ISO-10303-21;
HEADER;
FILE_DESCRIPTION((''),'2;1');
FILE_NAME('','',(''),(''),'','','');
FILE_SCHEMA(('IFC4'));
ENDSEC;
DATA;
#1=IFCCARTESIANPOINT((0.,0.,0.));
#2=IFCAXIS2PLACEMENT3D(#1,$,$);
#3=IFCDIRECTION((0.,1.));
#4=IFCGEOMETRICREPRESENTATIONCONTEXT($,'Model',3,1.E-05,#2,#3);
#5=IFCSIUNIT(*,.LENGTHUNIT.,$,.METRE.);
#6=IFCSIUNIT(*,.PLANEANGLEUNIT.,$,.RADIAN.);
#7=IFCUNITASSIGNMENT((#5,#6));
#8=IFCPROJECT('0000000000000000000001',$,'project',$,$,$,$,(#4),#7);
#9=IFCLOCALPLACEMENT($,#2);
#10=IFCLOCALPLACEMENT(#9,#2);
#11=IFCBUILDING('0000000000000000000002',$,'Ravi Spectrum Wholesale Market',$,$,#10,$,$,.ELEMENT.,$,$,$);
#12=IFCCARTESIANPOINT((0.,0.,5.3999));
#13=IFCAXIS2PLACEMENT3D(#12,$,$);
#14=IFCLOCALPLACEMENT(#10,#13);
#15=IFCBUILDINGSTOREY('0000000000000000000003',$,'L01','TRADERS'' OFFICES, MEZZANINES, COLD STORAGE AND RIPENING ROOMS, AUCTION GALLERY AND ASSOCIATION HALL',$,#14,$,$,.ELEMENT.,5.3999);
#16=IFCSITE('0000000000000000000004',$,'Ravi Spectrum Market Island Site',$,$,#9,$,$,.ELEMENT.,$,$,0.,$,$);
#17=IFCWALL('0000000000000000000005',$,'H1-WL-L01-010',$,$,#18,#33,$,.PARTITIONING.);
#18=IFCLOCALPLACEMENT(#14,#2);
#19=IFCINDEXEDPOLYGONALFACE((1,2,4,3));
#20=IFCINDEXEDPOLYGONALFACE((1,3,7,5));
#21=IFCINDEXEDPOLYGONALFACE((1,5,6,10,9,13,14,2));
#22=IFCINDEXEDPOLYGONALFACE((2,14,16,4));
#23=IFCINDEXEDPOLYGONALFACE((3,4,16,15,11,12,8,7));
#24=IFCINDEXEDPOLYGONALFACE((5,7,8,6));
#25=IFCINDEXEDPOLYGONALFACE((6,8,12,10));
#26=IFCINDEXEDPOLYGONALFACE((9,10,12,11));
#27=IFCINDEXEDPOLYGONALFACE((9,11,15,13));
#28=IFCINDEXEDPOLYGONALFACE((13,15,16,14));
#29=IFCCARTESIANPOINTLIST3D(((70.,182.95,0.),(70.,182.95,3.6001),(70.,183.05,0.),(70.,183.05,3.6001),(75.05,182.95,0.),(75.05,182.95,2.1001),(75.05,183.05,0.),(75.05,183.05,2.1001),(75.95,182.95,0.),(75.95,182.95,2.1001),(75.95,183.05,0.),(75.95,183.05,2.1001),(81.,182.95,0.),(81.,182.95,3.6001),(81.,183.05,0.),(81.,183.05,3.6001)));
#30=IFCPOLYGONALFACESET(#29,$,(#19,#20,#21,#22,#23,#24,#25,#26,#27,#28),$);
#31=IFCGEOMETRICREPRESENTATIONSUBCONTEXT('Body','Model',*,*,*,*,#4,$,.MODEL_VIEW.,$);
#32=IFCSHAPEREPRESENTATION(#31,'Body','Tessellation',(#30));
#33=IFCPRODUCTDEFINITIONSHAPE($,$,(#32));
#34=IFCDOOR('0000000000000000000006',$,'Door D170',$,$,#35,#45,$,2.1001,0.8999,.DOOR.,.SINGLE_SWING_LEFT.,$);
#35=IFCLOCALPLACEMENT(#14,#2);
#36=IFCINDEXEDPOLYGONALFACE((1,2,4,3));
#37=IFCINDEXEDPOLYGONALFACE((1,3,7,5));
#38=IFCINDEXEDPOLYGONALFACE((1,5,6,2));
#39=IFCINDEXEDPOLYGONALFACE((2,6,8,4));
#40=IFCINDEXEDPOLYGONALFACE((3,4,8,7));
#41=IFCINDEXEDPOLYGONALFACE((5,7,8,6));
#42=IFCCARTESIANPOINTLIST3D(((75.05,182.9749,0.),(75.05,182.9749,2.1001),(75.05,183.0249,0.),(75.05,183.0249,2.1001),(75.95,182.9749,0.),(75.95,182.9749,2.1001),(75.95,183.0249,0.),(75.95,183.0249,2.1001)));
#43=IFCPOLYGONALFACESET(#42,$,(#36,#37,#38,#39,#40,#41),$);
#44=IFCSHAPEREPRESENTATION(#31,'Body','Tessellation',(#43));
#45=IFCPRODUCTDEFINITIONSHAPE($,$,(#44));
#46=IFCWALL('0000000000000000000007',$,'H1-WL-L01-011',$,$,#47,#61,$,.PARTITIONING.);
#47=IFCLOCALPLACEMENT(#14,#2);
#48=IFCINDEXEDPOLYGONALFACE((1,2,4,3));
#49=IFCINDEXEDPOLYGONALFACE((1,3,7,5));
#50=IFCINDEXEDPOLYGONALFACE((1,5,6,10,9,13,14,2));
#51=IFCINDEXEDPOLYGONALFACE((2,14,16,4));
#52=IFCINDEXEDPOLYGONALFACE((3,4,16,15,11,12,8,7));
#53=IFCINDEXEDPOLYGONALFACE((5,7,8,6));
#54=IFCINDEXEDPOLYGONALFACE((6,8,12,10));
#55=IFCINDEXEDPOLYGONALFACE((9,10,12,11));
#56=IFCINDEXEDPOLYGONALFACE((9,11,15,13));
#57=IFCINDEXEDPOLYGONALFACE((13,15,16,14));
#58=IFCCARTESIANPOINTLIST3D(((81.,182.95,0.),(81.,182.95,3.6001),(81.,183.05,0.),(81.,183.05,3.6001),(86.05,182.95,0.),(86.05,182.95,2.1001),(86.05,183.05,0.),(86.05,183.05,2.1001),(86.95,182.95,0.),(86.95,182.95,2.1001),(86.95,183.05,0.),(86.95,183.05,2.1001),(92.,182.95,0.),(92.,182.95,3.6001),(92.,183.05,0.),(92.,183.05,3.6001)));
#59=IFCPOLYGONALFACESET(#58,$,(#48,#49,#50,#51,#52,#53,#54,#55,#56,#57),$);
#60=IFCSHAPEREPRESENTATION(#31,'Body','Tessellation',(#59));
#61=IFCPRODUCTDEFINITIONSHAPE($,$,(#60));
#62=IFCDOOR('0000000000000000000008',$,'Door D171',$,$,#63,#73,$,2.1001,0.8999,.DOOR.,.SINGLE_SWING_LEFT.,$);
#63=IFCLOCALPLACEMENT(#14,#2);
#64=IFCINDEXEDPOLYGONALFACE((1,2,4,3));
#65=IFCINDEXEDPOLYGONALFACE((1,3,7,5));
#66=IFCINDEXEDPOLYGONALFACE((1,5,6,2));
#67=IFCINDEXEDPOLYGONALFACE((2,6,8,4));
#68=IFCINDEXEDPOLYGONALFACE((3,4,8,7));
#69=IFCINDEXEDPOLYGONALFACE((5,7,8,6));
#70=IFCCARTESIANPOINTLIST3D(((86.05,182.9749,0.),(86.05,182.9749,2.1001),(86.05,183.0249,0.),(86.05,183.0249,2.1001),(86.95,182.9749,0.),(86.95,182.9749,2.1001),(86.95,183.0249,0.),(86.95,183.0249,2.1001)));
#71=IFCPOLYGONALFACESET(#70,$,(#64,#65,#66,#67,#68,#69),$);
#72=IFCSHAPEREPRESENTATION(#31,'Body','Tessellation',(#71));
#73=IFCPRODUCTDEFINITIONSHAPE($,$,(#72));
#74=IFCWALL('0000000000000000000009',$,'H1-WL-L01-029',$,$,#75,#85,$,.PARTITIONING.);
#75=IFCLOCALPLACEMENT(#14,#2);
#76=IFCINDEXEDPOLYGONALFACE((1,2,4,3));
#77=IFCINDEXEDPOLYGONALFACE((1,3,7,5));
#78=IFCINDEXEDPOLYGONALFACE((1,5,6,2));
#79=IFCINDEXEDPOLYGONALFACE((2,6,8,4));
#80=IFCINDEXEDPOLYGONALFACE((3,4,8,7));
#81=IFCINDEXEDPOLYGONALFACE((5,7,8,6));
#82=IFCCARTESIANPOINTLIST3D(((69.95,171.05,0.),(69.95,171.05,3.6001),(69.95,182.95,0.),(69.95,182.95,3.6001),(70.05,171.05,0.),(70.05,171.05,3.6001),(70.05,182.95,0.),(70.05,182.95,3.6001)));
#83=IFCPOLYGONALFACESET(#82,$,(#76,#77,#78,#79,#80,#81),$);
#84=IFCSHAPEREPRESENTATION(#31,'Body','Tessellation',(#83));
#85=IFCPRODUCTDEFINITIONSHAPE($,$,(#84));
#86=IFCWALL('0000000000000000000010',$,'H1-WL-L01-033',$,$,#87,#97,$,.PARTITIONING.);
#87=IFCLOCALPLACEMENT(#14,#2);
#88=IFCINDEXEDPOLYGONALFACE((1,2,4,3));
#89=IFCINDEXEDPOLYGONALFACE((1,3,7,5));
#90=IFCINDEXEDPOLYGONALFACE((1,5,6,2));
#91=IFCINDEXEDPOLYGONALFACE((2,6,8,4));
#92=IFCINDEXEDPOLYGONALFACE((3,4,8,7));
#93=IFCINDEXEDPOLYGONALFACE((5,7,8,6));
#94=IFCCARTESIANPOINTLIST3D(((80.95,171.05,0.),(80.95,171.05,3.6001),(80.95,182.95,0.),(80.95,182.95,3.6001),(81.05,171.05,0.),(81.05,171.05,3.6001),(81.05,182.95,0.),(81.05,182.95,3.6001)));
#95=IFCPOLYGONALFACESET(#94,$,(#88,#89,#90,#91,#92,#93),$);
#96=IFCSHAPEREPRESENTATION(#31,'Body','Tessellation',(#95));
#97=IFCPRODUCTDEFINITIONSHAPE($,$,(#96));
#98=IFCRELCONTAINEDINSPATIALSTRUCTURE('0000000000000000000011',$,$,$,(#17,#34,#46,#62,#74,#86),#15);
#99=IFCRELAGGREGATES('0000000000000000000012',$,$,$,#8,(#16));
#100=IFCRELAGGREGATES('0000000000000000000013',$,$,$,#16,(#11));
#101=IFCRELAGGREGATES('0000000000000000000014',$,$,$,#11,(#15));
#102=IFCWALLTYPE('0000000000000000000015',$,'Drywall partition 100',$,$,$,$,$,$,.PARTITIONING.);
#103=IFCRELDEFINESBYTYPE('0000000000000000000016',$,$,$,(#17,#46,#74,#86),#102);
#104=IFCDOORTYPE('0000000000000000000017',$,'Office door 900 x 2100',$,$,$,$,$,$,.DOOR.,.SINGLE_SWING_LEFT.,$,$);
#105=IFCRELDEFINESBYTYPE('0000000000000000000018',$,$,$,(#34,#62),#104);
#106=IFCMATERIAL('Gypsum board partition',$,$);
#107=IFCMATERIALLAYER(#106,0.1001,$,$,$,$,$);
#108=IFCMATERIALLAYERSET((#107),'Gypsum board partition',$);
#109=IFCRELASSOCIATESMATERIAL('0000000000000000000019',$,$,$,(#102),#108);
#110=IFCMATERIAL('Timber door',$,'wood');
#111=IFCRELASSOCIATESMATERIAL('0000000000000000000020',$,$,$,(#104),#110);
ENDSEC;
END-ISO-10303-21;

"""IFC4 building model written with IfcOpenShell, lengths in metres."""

from ifc_helpers import new_model, si_unit, direction, frame, frame_2d, origin, place, context, subcontext, project, spatial, rectangle, extrude, material, layer, layer_set, type_object, element, fill, save


model = new_model("IFC4")

# Units and contexts
model_context = context("Model", 3, precision=1e-05, world=origin(), true_north=direction((0.0, 1.0)))
body_context = subcontext(model_context, "Body", "Model", "MODEL_VIEW")
ifc_project = project(units=[si_unit("LENGTHUNIT", "METRE"), si_unit("PLANEANGLEUNIT", "RADIAN")], contexts=[model_context])

# Site, building, storey
site_placement = place(None, origin())
site = spatial("IfcSite", under=ifc_project, at=site_placement, Name="Ravi Spectrum Market Island Site", CompositionType="ELEMENT", RefElevation=0.0)
building_placement = place(site_placement, origin())
building = spatial("IfcBuilding", under=site, at=building_placement, Name="Ravi Spectrum Wholesale Market", CompositionType="ELEMENT")
storey_placement = place(building_placement, frame((0.0, 0.0, 5.3999)))
storey = spatial("IfcBuildingStorey", under=building, at=storey_placement, Name="L01", Description="TRADERS' OFFICES, MEZZANINES, COLD STORAGE AND RIPENING ROOMS, AUCTION GALLERY AND ASSOCIATION HALL", CompositionType="ELEMENT", Elevation=5.3999)

# Shared definitions
ifc_material_1 = material(Name="Gypsum board partition")
ifc_layer = layer(ifc_material_1, 0.1001)
ifc_layer_set = layer_set([ifc_layer], Name="Gypsum board partition")
wall_type = type_object("IfcWallType", Name="Drywall partition 100", PredefinedType="PARTITIONING", material=ifc_layer_set)

# Walls, openings, doors
wall_1_placement = place(storey_placement, frame((70.0, 183.0, 0.0), z_axis=(0.0, 0.0, 1.0), x_axis=(1.0, 0.0, 0.0)))
wall_1 = element("IfcWall", 1, at=wall_1_placement, inside=storey, type_object=wall_type, Name="H1-WL-L01-010", PredefinedType="PARTITIONING", context=body_context, shape_type="SweptSolid", body=[
    extrude(rectangle(XDim=11.0, YDim=0.1001, at=frame_2d((5.5, 0.0))), origin(), (0.0, 0.0, 1.0), 3.6001),
])
opening_1_placement = place(wall_1_placement, frame((5.05, 0.0, 0.0)))
opening_1 = element("IfcOpeningElement", 2, at=opening_1_placement, cuts=wall_1, PredefinedType="OPENING", context=body_context, shape_type="SweptSolid", body=[
    extrude(rectangle(XDim=0.8999, YDim=2.1001, at=frame_2d((0.45, 1.05))), frame((0.0, 0.0601, 0.0), z_axis=(0.0, -1.0, 0.0), x_axis=(1.0, 0.0, 0.0)), (0.0, 0.0, 1.0), 0.1201),
])
ifc_material_2 = material(Name="Timber door", Category="wood")
door_type = type_object("IfcDoorType", Name="Office door 900 x 2100", OperationType="SINGLE_SWING_LEFT", PredefinedType="DOOR", material=ifc_material_2)
door_1_placement = place(opening_1_placement, origin())
door_1 = element("IfcDoor", 3, at=door_1_placement, inside=storey, type_object=door_type, Name="Door D170", OperationType="SINGLE_SWING_LEFT", OverallHeight=2.1001, OverallWidth=0.8999, PredefinedType="DOOR", context=body_context, shape_type="SweptSolid", body=[
    extrude(rectangle(XDim=0.8999, YDim=2.1001, at=frame_2d((0.45, 1.05))), frame((0.0, 0.0249, 0.0), z_axis=(0.0, -1.0, 0.0), x_axis=(1.0, 0.0, 0.0)), (0.0, 0.0, 1.0), 0.05),
])
fill(opening_1, door_1)
wall_2_placement = place(storey_placement, frame((81.0, 183.0, 0.0), z_axis=(0.0, 0.0, 1.0), x_axis=(1.0, 0.0, 0.0)))
wall_2 = element("IfcWall", 4, at=wall_2_placement, inside=storey, type_object=wall_type, Name="H1-WL-L01-011", PredefinedType="PARTITIONING", context=body_context, shape_type="SweptSolid", body=[
    extrude(rectangle(XDim=11.0, YDim=0.1001, at=frame_2d((5.5, 0.0))), origin(), (0.0, 0.0, 1.0), 3.6001),
])
opening_2_placement = place(wall_2_placement, frame((5.05, 0.0, 0.0)))
opening_2 = element("IfcOpeningElement", 5, at=opening_2_placement, cuts=wall_2, PredefinedType="OPENING", context=body_context, shape_type="SweptSolid", body=[
    extrude(rectangle(XDim=0.8999, YDim=2.1001, at=frame_2d((0.45, 1.05))), frame((0.0, 0.0601, 0.0), z_axis=(0.0, -1.0, 0.0), x_axis=(1.0, 0.0, 0.0)), (0.0, 0.0, 1.0), 0.1201),
])
door_2_placement = place(opening_2_placement, origin())
door_2 = element("IfcDoor", 6, at=door_2_placement, inside=storey, type_object=door_type, Name="Door D171", OperationType="SINGLE_SWING_LEFT", OverallHeight=2.1001, OverallWidth=0.8999, PredefinedType="DOOR", context=body_context, shape_type="SweptSolid", body=[
    extrude(rectangle(XDim=0.8999, YDim=2.1001, at=frame_2d((0.45, 1.05))), frame((0.0, 0.0249, 0.0), z_axis=(0.0, -1.0, 0.0), x_axis=(1.0, 0.0, 0.0)), (0.0, 0.0, 1.0), 0.05),
])
fill(opening_2, door_2)

# Walls
for number, where, z_axis, x_axis, name in (
    (7, (70.0, 171.05, 0.0), (0.0, 0.0, 1.0), (0.0, 1.0, 0.0), "H1-WL-L01-029"),
    (8, (81.0, 171.05, 0.0), (0.0, 0.0, 1.0), (0.0, 1.0, 0.0), "H1-WL-L01-033"),
):
    element("IfcWall", number, at=place(storey_placement, frame(where, z_axis=z_axis, x_axis=x_axis)), inside=storey, type_object=wall_type, Name=name, PredefinedType="PARTITIONING", context=body_context, shape_type="SweptSolid", body=[
        extrude(rectangle(XDim=11.8999, YDim=0.1001, at=frame_2d((5.95, 0.0))), origin(), (0.0, 0.0, 1.0), 3.6001),
    ])

save(model, "model.ifc")
